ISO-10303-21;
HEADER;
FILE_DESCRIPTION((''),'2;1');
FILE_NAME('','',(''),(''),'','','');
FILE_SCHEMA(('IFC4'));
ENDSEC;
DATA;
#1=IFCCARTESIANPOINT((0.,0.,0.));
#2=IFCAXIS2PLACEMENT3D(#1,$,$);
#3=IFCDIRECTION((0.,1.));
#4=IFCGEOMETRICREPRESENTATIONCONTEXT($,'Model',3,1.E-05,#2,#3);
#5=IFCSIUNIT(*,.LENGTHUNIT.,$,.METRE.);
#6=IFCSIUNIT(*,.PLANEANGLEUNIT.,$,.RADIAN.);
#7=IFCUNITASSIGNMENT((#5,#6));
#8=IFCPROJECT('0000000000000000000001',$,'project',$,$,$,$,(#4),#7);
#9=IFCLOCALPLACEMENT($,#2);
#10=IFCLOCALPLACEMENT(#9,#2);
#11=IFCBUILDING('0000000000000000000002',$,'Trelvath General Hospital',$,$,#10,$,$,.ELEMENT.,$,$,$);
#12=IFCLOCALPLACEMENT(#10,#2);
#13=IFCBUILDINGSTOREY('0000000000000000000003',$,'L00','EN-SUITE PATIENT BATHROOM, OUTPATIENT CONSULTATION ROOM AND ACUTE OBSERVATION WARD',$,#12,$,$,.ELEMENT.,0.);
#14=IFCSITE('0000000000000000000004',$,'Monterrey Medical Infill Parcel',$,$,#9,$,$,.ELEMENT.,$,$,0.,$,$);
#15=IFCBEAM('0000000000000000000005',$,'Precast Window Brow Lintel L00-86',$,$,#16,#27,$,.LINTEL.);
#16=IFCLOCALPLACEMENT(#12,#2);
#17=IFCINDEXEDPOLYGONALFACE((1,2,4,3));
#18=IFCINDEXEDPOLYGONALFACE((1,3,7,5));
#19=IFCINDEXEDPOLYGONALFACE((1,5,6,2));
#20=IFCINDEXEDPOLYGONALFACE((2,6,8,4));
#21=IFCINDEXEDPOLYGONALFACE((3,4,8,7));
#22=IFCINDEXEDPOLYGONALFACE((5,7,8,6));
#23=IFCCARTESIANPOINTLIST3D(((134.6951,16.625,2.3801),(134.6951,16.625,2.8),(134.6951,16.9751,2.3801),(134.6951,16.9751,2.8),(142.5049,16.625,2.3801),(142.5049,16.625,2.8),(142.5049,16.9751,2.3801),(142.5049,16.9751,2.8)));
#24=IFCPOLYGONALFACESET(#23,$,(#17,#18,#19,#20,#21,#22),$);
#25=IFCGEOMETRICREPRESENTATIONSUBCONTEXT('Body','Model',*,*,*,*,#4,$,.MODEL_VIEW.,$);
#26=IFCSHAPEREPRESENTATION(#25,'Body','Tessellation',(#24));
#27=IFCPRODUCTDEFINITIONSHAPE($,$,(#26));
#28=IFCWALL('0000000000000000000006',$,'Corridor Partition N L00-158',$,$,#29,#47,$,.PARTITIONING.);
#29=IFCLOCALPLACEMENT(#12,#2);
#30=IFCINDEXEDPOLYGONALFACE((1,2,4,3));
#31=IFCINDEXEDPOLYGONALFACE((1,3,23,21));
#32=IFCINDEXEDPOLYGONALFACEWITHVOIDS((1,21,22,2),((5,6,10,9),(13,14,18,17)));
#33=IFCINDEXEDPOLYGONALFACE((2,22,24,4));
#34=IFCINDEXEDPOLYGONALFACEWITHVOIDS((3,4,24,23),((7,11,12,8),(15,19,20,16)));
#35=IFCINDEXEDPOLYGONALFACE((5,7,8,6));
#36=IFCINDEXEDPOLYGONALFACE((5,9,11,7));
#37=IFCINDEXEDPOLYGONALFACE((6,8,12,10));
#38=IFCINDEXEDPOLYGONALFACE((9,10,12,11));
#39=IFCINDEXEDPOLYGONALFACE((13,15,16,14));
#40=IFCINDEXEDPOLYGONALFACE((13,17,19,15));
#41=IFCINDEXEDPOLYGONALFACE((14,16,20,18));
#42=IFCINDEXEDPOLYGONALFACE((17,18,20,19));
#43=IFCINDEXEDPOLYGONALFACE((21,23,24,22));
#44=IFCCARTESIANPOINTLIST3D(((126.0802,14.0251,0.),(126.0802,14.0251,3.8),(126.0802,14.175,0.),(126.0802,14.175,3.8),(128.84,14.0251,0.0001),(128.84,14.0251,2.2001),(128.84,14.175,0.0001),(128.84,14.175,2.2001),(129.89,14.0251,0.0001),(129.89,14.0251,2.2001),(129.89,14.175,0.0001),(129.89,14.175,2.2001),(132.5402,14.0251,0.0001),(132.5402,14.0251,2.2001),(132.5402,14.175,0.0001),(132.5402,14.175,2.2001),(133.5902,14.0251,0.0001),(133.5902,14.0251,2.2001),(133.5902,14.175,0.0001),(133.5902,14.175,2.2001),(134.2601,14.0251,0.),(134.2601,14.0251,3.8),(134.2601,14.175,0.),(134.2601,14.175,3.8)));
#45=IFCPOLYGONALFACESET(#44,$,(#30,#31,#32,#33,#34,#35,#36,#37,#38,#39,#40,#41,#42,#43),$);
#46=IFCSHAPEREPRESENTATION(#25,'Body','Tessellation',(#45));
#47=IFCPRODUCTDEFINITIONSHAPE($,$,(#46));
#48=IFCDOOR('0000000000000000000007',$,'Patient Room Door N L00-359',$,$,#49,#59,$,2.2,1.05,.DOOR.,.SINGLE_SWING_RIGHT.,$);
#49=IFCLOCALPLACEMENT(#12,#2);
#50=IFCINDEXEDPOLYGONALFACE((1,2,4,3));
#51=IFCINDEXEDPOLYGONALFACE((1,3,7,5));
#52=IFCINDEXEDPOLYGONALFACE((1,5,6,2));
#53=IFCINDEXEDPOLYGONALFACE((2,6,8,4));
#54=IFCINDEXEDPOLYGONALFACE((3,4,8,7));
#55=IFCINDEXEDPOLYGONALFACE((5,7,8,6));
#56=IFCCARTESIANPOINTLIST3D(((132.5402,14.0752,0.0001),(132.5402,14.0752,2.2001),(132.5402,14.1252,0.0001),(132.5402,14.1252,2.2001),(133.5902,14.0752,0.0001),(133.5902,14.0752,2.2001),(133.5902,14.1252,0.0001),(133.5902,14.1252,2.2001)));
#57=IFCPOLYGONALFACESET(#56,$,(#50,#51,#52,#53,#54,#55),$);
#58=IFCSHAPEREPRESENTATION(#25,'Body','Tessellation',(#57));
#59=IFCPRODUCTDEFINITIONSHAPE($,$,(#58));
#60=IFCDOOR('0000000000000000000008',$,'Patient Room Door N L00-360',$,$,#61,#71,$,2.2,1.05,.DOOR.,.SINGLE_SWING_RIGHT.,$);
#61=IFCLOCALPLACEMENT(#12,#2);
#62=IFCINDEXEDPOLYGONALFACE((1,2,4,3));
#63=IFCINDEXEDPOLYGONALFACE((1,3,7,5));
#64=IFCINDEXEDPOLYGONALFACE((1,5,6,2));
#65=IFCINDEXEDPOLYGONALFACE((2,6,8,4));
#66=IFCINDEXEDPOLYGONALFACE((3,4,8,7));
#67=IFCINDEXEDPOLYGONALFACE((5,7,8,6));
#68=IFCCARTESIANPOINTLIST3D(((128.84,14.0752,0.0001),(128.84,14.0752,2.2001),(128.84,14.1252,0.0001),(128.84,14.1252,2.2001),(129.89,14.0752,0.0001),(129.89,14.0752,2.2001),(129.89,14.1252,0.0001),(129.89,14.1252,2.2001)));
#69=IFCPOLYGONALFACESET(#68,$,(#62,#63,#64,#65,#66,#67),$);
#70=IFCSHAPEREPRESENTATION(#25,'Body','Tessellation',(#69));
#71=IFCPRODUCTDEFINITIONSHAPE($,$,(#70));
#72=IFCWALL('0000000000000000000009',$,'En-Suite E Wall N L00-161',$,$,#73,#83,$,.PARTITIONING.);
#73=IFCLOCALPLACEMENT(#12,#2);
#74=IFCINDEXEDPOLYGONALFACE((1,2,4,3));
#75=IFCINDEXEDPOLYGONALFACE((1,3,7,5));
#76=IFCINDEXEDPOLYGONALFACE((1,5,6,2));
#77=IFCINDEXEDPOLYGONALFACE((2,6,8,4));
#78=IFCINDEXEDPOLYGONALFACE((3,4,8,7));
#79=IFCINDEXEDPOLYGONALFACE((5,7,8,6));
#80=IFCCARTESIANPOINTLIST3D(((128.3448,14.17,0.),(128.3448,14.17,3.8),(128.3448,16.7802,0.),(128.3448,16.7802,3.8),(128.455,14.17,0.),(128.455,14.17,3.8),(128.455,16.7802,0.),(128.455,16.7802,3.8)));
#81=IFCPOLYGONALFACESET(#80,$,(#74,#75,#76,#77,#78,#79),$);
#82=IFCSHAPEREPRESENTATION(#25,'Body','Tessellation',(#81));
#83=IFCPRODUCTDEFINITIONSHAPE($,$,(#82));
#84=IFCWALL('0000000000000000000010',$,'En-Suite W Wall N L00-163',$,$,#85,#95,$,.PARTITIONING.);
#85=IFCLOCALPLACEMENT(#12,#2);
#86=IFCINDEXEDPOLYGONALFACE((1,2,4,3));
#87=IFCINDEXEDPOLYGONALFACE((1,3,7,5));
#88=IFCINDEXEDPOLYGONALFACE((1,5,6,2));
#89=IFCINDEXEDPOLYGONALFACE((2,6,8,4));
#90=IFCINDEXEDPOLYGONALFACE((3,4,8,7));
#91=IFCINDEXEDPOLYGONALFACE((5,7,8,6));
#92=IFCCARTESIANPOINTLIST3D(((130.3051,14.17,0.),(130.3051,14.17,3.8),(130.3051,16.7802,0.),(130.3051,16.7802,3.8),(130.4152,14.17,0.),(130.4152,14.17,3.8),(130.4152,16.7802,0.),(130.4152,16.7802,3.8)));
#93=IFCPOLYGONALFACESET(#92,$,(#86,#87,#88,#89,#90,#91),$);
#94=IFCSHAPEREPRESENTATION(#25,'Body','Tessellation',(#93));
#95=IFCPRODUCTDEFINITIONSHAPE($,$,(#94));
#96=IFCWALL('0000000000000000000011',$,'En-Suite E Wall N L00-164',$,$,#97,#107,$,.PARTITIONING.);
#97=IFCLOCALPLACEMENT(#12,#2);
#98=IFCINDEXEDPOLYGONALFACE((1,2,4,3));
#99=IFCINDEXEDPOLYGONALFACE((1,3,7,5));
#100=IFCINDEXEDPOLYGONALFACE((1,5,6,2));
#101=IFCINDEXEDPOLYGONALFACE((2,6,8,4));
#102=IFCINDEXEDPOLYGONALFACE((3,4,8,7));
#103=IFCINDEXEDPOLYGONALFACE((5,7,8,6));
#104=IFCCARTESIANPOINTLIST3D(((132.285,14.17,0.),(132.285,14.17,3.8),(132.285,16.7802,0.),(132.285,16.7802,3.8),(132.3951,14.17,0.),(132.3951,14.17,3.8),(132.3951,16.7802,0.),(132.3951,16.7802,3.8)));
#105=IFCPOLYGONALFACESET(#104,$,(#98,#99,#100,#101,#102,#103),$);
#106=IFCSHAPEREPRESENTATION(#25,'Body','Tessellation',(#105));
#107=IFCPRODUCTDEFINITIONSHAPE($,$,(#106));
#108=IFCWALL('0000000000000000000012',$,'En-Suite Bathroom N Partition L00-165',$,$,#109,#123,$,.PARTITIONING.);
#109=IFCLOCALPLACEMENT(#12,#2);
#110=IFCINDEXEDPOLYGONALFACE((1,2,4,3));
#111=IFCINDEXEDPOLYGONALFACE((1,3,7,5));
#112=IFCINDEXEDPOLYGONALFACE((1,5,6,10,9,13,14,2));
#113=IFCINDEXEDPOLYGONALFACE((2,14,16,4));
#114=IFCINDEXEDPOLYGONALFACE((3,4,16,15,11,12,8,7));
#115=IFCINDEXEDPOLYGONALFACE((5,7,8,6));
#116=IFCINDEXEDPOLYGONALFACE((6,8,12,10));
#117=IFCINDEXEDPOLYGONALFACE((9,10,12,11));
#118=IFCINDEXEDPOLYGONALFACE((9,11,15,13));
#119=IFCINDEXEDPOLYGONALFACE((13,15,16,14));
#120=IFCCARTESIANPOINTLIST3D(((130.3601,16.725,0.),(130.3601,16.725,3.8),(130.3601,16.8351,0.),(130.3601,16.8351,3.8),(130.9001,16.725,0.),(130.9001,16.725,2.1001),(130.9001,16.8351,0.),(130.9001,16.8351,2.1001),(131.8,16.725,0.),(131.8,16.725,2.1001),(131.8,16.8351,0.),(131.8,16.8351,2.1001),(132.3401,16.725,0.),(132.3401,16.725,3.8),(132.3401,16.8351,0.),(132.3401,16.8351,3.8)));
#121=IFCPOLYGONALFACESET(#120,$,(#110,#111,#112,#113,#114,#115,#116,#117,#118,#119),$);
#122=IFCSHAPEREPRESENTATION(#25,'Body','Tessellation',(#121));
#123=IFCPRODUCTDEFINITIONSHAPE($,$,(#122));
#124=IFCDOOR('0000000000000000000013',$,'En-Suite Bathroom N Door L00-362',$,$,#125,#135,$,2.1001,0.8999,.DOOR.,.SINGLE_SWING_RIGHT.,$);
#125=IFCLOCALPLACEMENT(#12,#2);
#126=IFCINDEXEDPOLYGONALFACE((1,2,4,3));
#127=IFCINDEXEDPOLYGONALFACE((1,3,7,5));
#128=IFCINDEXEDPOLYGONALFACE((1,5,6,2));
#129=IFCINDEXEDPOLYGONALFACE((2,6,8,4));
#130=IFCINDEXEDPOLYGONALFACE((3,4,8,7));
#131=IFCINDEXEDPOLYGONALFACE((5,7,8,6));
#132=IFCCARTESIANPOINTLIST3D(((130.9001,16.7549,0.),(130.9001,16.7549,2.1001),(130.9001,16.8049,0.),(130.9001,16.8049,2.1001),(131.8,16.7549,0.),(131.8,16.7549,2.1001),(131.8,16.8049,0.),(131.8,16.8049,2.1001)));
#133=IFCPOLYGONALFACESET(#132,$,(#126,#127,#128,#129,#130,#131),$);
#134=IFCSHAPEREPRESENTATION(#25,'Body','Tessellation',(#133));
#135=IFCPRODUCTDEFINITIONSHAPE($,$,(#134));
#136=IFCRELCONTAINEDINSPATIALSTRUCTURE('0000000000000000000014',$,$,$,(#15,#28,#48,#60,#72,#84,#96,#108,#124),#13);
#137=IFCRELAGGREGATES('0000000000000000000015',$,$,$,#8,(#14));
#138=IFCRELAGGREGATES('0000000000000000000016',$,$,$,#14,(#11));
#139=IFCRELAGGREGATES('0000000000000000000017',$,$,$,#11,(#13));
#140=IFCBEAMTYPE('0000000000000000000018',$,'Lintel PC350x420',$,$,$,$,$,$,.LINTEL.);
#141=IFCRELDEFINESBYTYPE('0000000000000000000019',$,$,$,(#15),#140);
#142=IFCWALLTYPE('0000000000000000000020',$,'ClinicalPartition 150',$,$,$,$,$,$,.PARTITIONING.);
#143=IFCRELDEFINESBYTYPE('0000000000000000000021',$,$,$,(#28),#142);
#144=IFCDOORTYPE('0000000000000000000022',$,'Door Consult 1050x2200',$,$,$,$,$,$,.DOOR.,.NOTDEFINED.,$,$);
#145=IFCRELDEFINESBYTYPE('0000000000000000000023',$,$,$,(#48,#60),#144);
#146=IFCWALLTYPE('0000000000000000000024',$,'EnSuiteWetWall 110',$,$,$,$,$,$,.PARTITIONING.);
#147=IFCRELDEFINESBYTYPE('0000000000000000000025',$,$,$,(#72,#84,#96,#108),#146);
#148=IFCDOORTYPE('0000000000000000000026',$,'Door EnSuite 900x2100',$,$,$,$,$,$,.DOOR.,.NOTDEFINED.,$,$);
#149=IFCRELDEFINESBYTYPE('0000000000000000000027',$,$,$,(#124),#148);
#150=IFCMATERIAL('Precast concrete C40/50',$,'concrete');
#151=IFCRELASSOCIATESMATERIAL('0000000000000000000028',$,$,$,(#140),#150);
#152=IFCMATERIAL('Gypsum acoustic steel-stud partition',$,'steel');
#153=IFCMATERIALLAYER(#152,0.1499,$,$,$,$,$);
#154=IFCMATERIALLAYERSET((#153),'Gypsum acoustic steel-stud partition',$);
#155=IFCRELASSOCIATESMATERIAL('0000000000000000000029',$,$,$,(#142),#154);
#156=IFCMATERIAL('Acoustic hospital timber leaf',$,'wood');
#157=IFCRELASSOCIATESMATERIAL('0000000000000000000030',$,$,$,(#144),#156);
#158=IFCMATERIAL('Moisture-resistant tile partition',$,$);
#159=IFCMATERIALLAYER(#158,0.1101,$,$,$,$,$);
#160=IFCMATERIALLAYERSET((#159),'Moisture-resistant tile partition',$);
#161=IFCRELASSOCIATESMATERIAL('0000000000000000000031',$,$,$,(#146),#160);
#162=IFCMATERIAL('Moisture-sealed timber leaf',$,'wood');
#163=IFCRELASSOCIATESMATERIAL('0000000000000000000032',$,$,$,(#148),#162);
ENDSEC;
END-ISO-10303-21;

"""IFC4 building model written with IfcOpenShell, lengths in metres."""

from ifc_helpers import new_model, si_unit, direction, frame, frame_2d, origin, origin_2d, place, context, subcontext, project, spatial, rectangle, extrude, material, layer, layer_set, material_profile, profile_set, type_object, element, fill, save


model = new_model("IFC4")

# Units and contexts
model_context = context("Model", 3, precision=1e-05, world=origin(), true_north=direction((0.0, 1.0)))
body_context = subcontext(model_context, "Body", "Model", "MODEL_VIEW")
ifc_project = project(units=[si_unit("LENGTHUNIT", "METRE"), si_unit("PLANEANGLEUNIT", "RADIAN")], contexts=[model_context])

# Site, building, storey
site_placement = place(None, origin())
site = spatial("IfcSite", under=ifc_project, at=site_placement, Name="Monterrey Medical Infill Parcel", CompositionType="ELEMENT", RefElevation=0.0)
building_placement = place(site_placement, origin())
building = spatial("IfcBuilding", under=site, at=building_placement, Name="Trelvath General Hospital", CompositionType="ELEMENT")
storey_placement = place(building_placement, origin())
storey = spatial("IfcBuildingStorey", under=building, at=storey_placement, Name="L00", Description="EN-SUITE PATIENT BATHROOM, OUTPATIENT CONSULTATION ROOM AND ACUTE OBSERVATION WARD", CompositionType="ELEMENT", Elevation=0.0)

# Beam
ifc_material_1 = material(Name="Precast concrete C40/50", Category="concrete")
ifc_material_profile_1 = material_profile(ifc_material_1, rectangle(XDim=0.3501, YDim=0.4199, at=origin_2d()), Name="PCL350x420")
ifc_profile_set_1 = profile_set([ifc_material_profile_1], Name="Precast concrete C40/50")
beam_type_1 = type_object("IfcBeamType", Name="Lintel PC350x420", PredefinedType="LINTEL", material=ifc_profile_set_1)
beam_1_placement = place(storey_placement, frame((142.5049, 16.8, 2.5901), z_axis=(-1.0, 0.0, 0.0), x_axis=(0.0, -1.0, 0.0)))
element("IfcBeam", 1, at=beam_1_placement, inside=storey, type_object=beam_type_1, Name="Precast Window Brow Lintel L00-86", PredefinedType="LINTEL", context=body_context, shape_type="SweptSolid", body=[
    extrude(rectangle(XDim=0.3501, YDim=0.4199, at=origin_2d()), origin(), (0.0, 0.0, 1.0), 7.8098),
])

# Wall, openings, doors
ifc_material_2 = material(Name="Gypsum acoustic steel-stud partition", Category="steel")
ifc_layer_1 = layer(ifc_material_2, 0.1499)
ifc_layer_set_1 = layer_set([ifc_layer_1], Name="Gypsum acoustic steel-stud partition")
wall_type_1 = type_object("IfcWallType", Name="ClinicalPartition 150", PredefinedType="PARTITIONING", material=ifc_layer_set_1)
wall_1_placement = place(storey_placement, frame((134.26, 14.1001, 0.0), z_axis=(0.0, 0.0, 1.0), x_axis=(-1.0, 0.0, 0.0)))
wall_1 = element("IfcWall", 2, at=wall_1_placement, inside=storey, type_object=wall_type_1, Name="Corridor Partition N L00-158", PredefinedType="PARTITIONING", context=body_context, shape_type="SweptSolid", body=[
    extrude(rectangle(XDim=8.1799, YDim=0.1499, at=frame_2d((4.0898, 0.0))), origin(), (0.0, 0.0, 1.0), 3.8),
])
opening_1_placement = place(wall_1_placement, frame((0.6699, 0.0, 0.0)))
opening_1 = element("IfcOpeningElement", 3, at=opening_1_placement, cuts=wall_1, PredefinedType="OPENING", context=body_context, shape_type="SweptSolid", body=[
    extrude(rectangle(XDim=1.05, YDim=2.2, at=frame_2d((0.5249, 1.1001))), frame((0.0, 0.085, 0.0), z_axis=(0.0, -1.0, 0.0), x_axis=(1.0, 0.0, 0.0)), (0.0, 0.0, 1.0), 0.1699),
])
opening_2_placement = place(wall_1_placement, frame((4.3701, 0.0, 0.0)))
opening_2 = element("IfcOpeningElement", 4, at=opening_2_placement, cuts=wall_1, PredefinedType="OPENING", context=body_context, shape_type="SweptSolid", body=[
    extrude(rectangle(XDim=1.05, YDim=2.2, at=frame_2d((0.5249, 1.1001))), frame((0.0, 0.085, 0.0), z_axis=(0.0, -1.0, 0.0), x_axis=(1.0, 0.0, 0.0)), (0.0, 0.0, 1.0), 0.1699),
])
ifc_material_3 = material(Name="Acoustic hospital timber leaf", Category="wood")
door_type_1 = type_object("IfcDoorType", Name="Door Consult 1050x2200", OperationType="NOTDEFINED", PredefinedType="DOOR", material=ifc_material_3)
door_1_placement = place(opening_1_placement, origin())
door_1 = element("IfcDoor", 5, at=door_1_placement, inside=storey, type_object=door_type_1, Name="Patient Room Door N L00-359", OperationType="SINGLE_SWING_RIGHT", OverallHeight=2.2, OverallWidth=1.05, PredefinedType="DOOR", context=body_context, shape_type="SweptSolid", body=[
    extrude(rectangle(XDim=1.05, YDim=2.2, at=frame_2d((0.5249, 1.1001))), frame((0.0, 0.0249, 0.0), z_axis=(0.0, -1.0, 0.0), x_axis=(1.0, 0.0, 0.0)), (0.0, 0.0, 1.0), 0.05),
])
fill(opening_1, door_1)
door_2_placement = place(opening_2_placement, origin())
door_2 = element("IfcDoor", 6, at=door_2_placement, inside=storey, type_object=door_type_1, Name="Patient Room Door N L00-360", OperationType="SINGLE_SWING_RIGHT", OverallHeight=2.2, OverallWidth=1.05, PredefinedType="DOOR", context=body_context, shape_type="SweptSolid", body=[
    extrude(rectangle(XDim=1.05, YDim=2.2, at=frame_2d((0.5249, 1.1001))), frame((0.0, 0.0249, 0.0), z_axis=(0.0, -1.0, 0.0), x_axis=(1.0, 0.0, 0.0)), (0.0, 0.0, 1.0), 0.05),
])
fill(opening_2, door_2)

# Walls
ifc_material_4 = material(Name="Moisture-resistant tile partition")
ifc_layer_2 = layer(ifc_material_4, 0.1101)
ifc_layer_set_2 = layer_set([ifc_layer_2], Name="Moisture-resistant tile partition")
wall_type_2 = type_object("IfcWallType", Name="EnSuiteWetWall 110", PredefinedType="PARTITIONING", material=ifc_layer_set_2)
for number, where, z_axis, x_axis, name in (
    (7, (128.3999, 14.1699, 0.0), (0.0, 0.0, 1.0), (0.0, 1.0, 0.0), "En-Suite E Wall N L00-161"),
    (8, (130.3601, 14.1699, 0.0), (0.0, 0.0, 1.0), (0.0, 1.0, 0.0), "En-Suite W Wall N L00-163"),
    (9, (132.3401, 14.1699, 0.0), (0.0, 0.0, 1.0), (0.0, 1.0, 0.0), "En-Suite E Wall N L00-164"),
):
    element("IfcWall", number, at=place(storey_placement, frame(where, z_axis=z_axis, x_axis=x_axis)), inside=storey, type_object=wall_type_2, Name=name, PredefinedType="PARTITIONING", context=body_context, shape_type="SweptSolid", body=[
        extrude(rectangle(XDim=2.6101, YDim=0.1101, at=frame_2d((1.3052, 0.0))), origin(), (0.0, 0.0, 1.0), 3.8),
    ])

# Wall, opening, door
wall_2_placement = place(storey_placement, frame((130.3601, 16.78, 0.0), z_axis=(0.0, 0.0, 1.0), x_axis=(1.0, 0.0, 0.0)))
wall_2 = element("IfcWall", 10, at=wall_2_placement, inside=storey, type_object=wall_type_2, Name="En-Suite Bathroom N Partition L00-165", PredefinedType="PARTITIONING", context=body_context, shape_type="SweptSolid", body=[
    extrude(rectangle(XDim=1.98, YDim=0.1101, at=frame_2d((0.99, 0.0))), origin(), (0.0, 0.0, 1.0), 3.8),
])
opening_3_placement = place(wall_2_placement, frame((0.54, 0.0, 0.0)))
opening_3 = element("IfcOpeningElement", 11, at=opening_3_placement, cuts=wall_2, PredefinedType="OPENING", context=body_context, shape_type="SweptSolid", body=[
    extrude(rectangle(XDim=0.8999, YDim=2.1001, at=frame_2d((0.45, 1.05))), frame((0.0, 0.0649, 0.0), z_axis=(0.0, -1.0, 0.0), x_axis=(1.0, 0.0, 0.0)), (0.0, 0.0, 1.0), 0.1301),
])
ifc_material_5 = material(Name="Moisture-sealed timber leaf", Category="wood")
door_type_2 = type_object("IfcDoorType", Name="Door EnSuite 900x2100", OperationType="NOTDEFINED", PredefinedType="DOOR", material=ifc_material_5)
door_3_placement = place(opening_3_placement, origin())
door_3 = element("IfcDoor", 12, at=door_3_placement, inside=storey, type_object=door_type_2, Name="En-Suite Bathroom N Door L00-362", OperationType="SINGLE_SWING_RIGHT", OverallHeight=2.1001, OverallWidth=0.8999, PredefinedType="DOOR", context=body_context, shape_type="SweptSolid", body=[
    extrude(rectangle(XDim=0.8999, YDim=2.1001, at=frame_2d((0.45, 1.05))), frame((0.0, 0.0249, 0.0), z_axis=(0.0, -1.0, 0.0), x_axis=(1.0, 0.0, 0.0)), (0.0, 0.0, 1.0), 0.05),
])
fill(opening_3, door_3)

save(model, "model.ifc")
